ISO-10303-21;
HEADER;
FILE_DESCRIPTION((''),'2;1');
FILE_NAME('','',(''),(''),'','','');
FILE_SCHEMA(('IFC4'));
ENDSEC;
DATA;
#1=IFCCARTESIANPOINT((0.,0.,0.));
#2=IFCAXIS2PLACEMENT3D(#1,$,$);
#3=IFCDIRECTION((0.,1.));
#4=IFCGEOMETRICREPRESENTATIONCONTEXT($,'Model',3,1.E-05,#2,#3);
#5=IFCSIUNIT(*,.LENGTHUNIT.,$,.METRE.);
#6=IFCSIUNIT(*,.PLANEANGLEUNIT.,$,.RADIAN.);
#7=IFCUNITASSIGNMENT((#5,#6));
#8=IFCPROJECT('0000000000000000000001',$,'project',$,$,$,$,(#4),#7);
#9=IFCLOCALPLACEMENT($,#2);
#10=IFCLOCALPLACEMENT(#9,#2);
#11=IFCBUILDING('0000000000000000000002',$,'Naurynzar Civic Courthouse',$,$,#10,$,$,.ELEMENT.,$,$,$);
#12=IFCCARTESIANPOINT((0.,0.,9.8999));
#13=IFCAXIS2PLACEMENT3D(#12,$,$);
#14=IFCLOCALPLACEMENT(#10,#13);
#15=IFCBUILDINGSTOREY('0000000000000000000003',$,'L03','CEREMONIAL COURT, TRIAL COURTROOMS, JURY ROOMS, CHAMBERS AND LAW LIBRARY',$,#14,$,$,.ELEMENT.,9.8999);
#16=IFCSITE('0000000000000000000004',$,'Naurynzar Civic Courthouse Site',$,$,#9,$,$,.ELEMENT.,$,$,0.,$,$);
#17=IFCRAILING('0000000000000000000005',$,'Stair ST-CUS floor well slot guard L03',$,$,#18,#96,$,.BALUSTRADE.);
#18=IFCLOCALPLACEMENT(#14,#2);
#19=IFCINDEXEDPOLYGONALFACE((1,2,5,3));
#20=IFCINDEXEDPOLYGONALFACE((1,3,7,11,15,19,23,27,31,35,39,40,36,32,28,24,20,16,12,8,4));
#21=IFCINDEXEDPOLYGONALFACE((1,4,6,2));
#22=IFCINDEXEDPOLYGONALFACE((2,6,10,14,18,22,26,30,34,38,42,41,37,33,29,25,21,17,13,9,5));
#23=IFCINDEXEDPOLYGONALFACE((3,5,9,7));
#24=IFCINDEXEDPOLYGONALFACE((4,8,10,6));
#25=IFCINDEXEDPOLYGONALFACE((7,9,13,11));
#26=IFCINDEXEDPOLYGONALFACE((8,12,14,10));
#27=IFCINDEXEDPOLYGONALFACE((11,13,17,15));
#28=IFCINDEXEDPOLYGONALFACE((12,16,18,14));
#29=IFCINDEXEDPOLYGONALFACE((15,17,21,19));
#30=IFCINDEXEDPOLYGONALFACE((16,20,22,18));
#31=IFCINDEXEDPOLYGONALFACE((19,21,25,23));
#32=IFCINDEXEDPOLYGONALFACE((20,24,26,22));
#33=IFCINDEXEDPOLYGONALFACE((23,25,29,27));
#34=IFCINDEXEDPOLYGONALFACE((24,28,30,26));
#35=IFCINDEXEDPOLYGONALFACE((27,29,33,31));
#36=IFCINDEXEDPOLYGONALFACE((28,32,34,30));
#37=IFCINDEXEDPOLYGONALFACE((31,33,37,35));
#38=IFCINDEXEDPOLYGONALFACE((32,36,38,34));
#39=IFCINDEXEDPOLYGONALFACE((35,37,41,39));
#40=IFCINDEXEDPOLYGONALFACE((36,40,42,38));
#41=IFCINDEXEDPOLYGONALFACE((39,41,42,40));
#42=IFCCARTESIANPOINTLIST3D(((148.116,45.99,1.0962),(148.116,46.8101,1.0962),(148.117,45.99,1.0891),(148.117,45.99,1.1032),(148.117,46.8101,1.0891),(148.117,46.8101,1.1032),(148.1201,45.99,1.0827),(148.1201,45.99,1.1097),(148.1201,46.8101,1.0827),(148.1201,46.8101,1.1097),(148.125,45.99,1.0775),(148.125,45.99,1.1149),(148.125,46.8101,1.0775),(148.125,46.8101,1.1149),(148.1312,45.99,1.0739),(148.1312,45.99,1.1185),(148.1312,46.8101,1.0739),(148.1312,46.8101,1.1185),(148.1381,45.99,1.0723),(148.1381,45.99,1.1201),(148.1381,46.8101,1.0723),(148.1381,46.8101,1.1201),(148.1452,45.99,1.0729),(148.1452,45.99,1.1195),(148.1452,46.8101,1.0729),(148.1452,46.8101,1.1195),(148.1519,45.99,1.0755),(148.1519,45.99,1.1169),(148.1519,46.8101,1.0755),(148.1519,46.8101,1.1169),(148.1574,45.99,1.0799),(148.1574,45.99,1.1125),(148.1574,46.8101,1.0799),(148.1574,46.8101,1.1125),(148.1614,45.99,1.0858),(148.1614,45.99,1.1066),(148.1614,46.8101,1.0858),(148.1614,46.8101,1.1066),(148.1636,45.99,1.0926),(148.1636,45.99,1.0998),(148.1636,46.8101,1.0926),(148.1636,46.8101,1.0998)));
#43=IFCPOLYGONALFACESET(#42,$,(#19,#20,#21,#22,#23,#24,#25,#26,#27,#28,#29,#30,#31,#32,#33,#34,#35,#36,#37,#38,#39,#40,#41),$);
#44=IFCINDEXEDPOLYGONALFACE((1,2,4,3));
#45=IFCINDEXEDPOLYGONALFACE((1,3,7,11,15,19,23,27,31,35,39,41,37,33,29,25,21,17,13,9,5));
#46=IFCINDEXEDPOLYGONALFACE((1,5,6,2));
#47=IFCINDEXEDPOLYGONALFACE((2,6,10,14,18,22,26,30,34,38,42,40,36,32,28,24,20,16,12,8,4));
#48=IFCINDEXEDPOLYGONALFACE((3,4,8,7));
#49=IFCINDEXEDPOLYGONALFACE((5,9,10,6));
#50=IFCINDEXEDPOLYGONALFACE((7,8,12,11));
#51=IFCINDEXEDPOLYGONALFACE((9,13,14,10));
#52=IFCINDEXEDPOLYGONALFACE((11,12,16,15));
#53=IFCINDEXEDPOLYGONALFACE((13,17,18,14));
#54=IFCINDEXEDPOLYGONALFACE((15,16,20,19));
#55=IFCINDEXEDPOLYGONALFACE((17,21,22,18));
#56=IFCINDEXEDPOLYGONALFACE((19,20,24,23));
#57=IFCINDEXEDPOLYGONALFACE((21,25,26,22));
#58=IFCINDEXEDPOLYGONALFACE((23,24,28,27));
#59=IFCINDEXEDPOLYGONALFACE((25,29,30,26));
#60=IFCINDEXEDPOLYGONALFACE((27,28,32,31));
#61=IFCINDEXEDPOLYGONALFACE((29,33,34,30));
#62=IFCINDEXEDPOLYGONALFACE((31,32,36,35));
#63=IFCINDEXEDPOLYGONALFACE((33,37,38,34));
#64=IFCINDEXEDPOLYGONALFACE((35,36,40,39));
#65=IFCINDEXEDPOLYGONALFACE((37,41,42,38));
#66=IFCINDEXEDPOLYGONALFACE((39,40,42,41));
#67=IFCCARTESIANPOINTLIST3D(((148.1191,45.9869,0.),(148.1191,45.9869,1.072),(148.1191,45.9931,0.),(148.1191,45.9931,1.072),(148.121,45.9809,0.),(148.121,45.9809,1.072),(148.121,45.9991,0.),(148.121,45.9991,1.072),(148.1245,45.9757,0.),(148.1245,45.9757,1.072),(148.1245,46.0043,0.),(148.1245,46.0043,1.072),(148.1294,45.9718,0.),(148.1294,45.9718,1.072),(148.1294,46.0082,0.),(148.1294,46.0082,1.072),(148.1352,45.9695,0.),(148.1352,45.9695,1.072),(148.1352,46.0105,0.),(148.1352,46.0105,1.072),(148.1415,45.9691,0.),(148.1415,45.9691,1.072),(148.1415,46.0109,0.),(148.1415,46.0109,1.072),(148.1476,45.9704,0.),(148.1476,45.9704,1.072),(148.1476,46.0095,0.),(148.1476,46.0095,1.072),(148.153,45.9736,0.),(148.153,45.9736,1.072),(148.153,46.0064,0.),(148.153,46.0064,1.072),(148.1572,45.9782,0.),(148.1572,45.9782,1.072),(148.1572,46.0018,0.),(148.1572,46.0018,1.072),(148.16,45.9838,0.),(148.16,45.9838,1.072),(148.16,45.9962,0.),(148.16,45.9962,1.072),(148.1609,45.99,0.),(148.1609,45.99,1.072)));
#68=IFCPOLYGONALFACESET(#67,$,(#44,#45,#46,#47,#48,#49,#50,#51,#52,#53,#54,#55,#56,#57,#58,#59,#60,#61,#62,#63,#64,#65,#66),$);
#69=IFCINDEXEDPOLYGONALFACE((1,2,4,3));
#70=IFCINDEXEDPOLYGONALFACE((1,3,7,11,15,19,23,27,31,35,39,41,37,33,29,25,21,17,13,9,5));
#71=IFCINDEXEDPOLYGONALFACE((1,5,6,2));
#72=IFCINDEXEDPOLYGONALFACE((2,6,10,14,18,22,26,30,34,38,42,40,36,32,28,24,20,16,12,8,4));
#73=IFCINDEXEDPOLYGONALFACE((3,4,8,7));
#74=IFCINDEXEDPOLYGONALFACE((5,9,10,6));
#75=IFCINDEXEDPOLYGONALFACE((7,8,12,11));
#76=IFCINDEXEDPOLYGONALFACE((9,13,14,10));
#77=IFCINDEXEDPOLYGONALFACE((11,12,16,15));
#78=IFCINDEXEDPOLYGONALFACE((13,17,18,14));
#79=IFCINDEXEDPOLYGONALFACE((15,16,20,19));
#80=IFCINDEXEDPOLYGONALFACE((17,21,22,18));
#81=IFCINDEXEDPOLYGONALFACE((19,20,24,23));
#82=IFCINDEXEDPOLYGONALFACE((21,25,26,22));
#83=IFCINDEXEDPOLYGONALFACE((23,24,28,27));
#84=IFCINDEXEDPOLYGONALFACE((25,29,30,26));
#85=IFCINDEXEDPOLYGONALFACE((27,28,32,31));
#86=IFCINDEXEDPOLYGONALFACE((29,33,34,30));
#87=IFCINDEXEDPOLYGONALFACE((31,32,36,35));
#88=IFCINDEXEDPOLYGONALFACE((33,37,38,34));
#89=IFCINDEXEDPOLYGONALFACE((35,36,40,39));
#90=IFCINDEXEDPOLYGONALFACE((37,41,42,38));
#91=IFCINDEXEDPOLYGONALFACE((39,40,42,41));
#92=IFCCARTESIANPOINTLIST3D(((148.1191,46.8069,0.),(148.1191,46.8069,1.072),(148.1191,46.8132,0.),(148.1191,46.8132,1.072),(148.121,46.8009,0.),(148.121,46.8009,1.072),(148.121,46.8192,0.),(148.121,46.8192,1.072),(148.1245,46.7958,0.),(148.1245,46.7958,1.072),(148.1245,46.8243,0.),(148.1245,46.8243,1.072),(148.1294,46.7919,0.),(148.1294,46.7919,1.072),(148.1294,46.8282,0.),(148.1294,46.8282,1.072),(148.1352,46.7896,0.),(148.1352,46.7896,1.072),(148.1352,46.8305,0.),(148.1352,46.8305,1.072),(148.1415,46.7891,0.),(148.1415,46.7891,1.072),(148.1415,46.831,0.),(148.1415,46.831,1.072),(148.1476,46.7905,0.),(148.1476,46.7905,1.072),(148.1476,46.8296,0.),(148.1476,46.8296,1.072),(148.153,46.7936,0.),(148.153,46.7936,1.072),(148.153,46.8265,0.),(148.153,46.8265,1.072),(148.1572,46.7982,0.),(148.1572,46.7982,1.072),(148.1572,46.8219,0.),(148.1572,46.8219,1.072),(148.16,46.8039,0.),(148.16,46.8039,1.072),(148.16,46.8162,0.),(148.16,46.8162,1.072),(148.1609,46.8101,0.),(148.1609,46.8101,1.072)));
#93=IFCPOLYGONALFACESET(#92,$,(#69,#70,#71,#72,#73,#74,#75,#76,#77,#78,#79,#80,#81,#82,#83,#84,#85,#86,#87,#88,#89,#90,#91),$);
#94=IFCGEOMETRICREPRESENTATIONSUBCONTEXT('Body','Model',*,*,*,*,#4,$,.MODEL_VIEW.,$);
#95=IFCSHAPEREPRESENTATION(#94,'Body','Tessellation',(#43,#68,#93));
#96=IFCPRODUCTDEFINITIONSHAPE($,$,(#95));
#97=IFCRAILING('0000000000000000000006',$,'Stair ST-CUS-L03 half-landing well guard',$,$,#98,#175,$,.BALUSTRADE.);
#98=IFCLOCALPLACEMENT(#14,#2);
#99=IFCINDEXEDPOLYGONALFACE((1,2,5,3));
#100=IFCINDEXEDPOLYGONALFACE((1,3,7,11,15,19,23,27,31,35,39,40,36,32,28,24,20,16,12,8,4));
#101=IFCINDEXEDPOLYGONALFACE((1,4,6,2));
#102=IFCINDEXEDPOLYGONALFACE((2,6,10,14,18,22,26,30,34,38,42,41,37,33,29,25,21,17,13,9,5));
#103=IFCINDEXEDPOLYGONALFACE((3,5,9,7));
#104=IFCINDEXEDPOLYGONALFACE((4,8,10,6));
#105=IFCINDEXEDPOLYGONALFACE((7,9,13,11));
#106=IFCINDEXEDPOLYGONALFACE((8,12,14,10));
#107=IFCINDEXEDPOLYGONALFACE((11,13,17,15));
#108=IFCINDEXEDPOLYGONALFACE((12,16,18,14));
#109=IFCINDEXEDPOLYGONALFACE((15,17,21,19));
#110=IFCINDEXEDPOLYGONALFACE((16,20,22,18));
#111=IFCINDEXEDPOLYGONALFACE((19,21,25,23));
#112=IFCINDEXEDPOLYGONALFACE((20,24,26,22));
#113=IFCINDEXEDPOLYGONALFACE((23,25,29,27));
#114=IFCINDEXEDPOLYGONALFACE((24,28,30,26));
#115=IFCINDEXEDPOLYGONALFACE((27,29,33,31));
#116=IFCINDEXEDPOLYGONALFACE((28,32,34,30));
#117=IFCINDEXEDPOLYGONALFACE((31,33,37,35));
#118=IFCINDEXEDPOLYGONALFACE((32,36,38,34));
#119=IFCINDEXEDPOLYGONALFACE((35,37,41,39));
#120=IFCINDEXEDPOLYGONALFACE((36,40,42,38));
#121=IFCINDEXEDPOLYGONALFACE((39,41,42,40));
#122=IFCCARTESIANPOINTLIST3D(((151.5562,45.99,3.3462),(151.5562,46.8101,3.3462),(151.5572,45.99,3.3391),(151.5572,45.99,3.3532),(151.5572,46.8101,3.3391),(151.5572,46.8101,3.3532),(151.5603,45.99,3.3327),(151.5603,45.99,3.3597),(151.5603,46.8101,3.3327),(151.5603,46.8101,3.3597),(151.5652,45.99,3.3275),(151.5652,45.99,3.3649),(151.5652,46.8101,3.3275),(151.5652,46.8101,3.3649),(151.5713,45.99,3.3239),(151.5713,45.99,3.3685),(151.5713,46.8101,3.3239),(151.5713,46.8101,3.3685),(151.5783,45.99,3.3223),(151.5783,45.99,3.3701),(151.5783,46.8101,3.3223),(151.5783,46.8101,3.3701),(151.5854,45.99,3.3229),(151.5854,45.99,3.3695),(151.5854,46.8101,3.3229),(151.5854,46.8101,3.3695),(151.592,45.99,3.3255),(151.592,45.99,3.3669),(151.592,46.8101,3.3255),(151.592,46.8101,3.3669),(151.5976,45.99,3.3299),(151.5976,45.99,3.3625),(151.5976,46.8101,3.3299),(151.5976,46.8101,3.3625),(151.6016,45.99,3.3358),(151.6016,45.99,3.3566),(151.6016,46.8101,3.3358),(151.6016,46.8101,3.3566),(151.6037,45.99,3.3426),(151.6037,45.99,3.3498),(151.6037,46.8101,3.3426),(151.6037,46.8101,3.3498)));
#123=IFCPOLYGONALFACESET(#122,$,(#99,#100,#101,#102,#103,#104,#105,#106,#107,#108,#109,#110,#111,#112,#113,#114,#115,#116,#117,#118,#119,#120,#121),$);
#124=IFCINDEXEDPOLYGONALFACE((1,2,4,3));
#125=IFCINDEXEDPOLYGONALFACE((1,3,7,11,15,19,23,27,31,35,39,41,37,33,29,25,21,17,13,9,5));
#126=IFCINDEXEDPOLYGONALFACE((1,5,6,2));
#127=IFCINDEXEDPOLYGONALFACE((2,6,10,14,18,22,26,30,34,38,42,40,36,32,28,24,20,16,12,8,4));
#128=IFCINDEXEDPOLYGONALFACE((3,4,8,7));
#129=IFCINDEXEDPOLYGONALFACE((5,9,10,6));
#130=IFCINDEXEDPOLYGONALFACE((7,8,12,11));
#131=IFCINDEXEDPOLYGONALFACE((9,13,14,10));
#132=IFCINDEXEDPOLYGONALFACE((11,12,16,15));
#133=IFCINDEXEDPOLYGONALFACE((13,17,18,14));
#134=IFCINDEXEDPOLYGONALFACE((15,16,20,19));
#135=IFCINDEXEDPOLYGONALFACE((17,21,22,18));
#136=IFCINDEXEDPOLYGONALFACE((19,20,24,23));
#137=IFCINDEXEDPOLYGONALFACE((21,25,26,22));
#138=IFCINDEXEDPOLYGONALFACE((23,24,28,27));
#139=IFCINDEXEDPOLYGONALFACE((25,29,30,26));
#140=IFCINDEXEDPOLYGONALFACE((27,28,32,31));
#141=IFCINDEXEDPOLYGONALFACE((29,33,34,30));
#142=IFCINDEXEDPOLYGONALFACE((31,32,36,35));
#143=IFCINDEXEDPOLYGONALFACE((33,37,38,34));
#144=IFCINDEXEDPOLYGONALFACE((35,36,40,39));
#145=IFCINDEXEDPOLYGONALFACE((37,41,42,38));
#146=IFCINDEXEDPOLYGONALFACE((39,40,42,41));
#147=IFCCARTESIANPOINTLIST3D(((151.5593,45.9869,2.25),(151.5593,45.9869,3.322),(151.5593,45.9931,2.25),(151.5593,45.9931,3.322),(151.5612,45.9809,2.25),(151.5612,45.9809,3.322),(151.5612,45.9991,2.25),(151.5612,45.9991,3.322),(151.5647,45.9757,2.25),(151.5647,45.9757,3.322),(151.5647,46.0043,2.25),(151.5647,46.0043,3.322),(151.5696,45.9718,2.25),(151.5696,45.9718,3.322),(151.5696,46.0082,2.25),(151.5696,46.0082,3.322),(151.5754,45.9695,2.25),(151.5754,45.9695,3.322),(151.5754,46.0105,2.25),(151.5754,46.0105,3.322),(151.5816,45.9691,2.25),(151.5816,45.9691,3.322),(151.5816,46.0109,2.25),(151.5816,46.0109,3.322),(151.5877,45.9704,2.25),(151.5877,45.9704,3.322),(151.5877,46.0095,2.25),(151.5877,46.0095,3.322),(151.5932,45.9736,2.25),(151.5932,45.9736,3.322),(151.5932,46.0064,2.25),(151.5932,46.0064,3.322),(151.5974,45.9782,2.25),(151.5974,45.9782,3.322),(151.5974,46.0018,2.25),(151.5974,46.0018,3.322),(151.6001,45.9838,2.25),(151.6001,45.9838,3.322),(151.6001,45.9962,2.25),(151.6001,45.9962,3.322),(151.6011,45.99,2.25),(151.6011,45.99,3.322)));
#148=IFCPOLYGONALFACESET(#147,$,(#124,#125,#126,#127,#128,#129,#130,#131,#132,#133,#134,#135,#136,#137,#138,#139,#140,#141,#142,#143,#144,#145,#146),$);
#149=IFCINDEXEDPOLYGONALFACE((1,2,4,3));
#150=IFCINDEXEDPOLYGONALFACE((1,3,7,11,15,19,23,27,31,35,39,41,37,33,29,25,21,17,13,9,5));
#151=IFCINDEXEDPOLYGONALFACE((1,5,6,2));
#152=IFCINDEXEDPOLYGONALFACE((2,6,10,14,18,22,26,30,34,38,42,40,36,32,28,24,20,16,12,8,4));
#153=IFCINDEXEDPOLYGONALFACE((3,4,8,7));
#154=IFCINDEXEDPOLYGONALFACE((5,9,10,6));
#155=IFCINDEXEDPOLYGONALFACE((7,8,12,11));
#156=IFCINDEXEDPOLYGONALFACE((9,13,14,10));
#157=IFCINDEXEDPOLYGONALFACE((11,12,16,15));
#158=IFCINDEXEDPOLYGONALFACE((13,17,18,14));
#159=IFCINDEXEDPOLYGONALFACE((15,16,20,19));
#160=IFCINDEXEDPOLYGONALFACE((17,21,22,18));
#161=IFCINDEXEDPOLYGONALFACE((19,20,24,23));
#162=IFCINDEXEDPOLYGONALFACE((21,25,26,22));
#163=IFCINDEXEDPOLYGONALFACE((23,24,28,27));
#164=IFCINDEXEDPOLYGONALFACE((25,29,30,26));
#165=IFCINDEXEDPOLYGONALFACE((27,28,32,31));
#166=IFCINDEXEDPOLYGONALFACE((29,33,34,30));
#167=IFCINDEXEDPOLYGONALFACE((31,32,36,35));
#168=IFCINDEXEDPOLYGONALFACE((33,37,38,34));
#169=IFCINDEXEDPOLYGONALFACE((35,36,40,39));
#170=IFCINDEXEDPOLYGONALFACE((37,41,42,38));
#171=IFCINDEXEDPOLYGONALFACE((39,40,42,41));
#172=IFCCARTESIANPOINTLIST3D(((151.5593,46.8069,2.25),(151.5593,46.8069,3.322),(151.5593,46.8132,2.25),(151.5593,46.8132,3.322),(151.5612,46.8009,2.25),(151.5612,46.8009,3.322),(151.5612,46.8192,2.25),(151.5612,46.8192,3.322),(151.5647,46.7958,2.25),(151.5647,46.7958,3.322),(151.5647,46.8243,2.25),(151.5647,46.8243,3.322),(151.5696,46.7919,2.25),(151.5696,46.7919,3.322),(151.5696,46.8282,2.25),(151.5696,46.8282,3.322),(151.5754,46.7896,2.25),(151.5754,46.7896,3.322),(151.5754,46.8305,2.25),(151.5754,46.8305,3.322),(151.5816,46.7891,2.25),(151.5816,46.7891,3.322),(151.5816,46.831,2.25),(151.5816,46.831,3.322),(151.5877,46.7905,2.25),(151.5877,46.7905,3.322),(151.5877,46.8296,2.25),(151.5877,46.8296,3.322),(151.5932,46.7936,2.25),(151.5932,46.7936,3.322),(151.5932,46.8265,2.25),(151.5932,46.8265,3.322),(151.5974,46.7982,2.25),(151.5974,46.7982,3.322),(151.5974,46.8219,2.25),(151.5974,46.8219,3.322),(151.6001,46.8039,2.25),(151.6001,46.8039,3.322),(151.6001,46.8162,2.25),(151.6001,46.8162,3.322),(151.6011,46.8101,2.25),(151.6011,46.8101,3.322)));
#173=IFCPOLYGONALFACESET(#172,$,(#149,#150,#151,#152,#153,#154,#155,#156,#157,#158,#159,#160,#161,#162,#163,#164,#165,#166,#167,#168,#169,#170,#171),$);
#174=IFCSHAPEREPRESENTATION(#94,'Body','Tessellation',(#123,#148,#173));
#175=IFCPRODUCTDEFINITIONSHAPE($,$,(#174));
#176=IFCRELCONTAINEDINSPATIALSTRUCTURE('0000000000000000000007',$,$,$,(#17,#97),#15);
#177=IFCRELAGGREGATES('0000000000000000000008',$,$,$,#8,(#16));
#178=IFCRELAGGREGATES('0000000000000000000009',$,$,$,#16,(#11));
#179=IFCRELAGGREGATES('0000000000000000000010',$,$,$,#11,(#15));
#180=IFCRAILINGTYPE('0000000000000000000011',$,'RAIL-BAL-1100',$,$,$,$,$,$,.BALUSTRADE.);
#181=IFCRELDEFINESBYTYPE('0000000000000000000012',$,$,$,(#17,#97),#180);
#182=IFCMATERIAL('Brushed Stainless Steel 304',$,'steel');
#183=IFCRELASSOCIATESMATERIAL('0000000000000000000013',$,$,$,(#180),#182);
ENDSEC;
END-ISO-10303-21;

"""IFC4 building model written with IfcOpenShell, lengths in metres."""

from ifc_helpers import new_model, si_unit, direction, frame, origin, origin_2d, place, context, subcontext, project, spatial, circle, extrude, material, type_object, element, save


model = new_model("IFC4")

# Units and contexts
model_context = context("Model", 3, precision=1e-05, world=origin(), true_north=direction((0.0, 1.0)))
body_context = subcontext(model_context, "Body", "Model", "MODEL_VIEW")
ifc_project = project(units=[si_unit("LENGTHUNIT", "METRE"), si_unit("PLANEANGLEUNIT", "RADIAN")], contexts=[model_context])

# Site, building, storey
site_placement = place(None, origin())
site = spatial("IfcSite", under=ifc_project, at=site_placement, Name="Naurynzar Civic Courthouse Site", CompositionType="ELEMENT", RefElevation=0.0)
building_placement = place(site_placement, origin())
building = spatial("IfcBuilding", under=site, at=building_placement, Name="Naurynzar Civic Courthouse", CompositionType="ELEMENT")
storey_placement = place(building_placement, frame((0.0, 0.0, 9.8999)))
storey = spatial("IfcBuildingStorey", under=building, at=storey_placement, Name="L03", Description="CEREMONIAL COURT, TRIAL COURTROOMS, JURY ROOMS, CHAMBERS AND LAW LIBRARY", CompositionType="ELEMENT", Elevation=9.8999)

# Railings
ifc_material_1 = material(Name="Brushed Stainless Steel 304", Category="steel")
railing_type_1 = type_object("IfcRailingType", Name="RAIL-BAL-1100", PredefinedType="BALUSTRADE", material=ifc_material_1)
for number, where, name in (
    (1, (148.1399, 45.99, 0.0), "Stair ST-CUS floor well slot guard L03"),
    (2, (151.5801, 45.99, 2.25), "Stair ST-CUS-L03 half-landing well guard"),
):
    element("IfcRailing", number, at=place(storey_placement, frame(where)), inside=storey, type_object=railing_type_1, Name=name, PredefinedType="BALUSTRADE", context=body_context, shape_type="SweptSolid", body=[
        extrude(circle(Radius=0.0239, at=origin_2d()), frame((0.0, 0.0, 1.0962), z_axis=(0.0, 1.0, 0.0), x_axis=(-1.0, 0.0, 0.0)), (0.0, 0.0, 1.0), 0.8201),
        extrude(circle(Radius=0.021, at=origin_2d()), origin(), (0.0, 0.0, 1.0), 1.072),
        extrude(circle(Radius=0.021, at=origin_2d()), frame((0.0, 0.8201, 0.0)), (0.0, 0.0, 1.0), 1.072),
    ])

save(model, "model.ifc")
